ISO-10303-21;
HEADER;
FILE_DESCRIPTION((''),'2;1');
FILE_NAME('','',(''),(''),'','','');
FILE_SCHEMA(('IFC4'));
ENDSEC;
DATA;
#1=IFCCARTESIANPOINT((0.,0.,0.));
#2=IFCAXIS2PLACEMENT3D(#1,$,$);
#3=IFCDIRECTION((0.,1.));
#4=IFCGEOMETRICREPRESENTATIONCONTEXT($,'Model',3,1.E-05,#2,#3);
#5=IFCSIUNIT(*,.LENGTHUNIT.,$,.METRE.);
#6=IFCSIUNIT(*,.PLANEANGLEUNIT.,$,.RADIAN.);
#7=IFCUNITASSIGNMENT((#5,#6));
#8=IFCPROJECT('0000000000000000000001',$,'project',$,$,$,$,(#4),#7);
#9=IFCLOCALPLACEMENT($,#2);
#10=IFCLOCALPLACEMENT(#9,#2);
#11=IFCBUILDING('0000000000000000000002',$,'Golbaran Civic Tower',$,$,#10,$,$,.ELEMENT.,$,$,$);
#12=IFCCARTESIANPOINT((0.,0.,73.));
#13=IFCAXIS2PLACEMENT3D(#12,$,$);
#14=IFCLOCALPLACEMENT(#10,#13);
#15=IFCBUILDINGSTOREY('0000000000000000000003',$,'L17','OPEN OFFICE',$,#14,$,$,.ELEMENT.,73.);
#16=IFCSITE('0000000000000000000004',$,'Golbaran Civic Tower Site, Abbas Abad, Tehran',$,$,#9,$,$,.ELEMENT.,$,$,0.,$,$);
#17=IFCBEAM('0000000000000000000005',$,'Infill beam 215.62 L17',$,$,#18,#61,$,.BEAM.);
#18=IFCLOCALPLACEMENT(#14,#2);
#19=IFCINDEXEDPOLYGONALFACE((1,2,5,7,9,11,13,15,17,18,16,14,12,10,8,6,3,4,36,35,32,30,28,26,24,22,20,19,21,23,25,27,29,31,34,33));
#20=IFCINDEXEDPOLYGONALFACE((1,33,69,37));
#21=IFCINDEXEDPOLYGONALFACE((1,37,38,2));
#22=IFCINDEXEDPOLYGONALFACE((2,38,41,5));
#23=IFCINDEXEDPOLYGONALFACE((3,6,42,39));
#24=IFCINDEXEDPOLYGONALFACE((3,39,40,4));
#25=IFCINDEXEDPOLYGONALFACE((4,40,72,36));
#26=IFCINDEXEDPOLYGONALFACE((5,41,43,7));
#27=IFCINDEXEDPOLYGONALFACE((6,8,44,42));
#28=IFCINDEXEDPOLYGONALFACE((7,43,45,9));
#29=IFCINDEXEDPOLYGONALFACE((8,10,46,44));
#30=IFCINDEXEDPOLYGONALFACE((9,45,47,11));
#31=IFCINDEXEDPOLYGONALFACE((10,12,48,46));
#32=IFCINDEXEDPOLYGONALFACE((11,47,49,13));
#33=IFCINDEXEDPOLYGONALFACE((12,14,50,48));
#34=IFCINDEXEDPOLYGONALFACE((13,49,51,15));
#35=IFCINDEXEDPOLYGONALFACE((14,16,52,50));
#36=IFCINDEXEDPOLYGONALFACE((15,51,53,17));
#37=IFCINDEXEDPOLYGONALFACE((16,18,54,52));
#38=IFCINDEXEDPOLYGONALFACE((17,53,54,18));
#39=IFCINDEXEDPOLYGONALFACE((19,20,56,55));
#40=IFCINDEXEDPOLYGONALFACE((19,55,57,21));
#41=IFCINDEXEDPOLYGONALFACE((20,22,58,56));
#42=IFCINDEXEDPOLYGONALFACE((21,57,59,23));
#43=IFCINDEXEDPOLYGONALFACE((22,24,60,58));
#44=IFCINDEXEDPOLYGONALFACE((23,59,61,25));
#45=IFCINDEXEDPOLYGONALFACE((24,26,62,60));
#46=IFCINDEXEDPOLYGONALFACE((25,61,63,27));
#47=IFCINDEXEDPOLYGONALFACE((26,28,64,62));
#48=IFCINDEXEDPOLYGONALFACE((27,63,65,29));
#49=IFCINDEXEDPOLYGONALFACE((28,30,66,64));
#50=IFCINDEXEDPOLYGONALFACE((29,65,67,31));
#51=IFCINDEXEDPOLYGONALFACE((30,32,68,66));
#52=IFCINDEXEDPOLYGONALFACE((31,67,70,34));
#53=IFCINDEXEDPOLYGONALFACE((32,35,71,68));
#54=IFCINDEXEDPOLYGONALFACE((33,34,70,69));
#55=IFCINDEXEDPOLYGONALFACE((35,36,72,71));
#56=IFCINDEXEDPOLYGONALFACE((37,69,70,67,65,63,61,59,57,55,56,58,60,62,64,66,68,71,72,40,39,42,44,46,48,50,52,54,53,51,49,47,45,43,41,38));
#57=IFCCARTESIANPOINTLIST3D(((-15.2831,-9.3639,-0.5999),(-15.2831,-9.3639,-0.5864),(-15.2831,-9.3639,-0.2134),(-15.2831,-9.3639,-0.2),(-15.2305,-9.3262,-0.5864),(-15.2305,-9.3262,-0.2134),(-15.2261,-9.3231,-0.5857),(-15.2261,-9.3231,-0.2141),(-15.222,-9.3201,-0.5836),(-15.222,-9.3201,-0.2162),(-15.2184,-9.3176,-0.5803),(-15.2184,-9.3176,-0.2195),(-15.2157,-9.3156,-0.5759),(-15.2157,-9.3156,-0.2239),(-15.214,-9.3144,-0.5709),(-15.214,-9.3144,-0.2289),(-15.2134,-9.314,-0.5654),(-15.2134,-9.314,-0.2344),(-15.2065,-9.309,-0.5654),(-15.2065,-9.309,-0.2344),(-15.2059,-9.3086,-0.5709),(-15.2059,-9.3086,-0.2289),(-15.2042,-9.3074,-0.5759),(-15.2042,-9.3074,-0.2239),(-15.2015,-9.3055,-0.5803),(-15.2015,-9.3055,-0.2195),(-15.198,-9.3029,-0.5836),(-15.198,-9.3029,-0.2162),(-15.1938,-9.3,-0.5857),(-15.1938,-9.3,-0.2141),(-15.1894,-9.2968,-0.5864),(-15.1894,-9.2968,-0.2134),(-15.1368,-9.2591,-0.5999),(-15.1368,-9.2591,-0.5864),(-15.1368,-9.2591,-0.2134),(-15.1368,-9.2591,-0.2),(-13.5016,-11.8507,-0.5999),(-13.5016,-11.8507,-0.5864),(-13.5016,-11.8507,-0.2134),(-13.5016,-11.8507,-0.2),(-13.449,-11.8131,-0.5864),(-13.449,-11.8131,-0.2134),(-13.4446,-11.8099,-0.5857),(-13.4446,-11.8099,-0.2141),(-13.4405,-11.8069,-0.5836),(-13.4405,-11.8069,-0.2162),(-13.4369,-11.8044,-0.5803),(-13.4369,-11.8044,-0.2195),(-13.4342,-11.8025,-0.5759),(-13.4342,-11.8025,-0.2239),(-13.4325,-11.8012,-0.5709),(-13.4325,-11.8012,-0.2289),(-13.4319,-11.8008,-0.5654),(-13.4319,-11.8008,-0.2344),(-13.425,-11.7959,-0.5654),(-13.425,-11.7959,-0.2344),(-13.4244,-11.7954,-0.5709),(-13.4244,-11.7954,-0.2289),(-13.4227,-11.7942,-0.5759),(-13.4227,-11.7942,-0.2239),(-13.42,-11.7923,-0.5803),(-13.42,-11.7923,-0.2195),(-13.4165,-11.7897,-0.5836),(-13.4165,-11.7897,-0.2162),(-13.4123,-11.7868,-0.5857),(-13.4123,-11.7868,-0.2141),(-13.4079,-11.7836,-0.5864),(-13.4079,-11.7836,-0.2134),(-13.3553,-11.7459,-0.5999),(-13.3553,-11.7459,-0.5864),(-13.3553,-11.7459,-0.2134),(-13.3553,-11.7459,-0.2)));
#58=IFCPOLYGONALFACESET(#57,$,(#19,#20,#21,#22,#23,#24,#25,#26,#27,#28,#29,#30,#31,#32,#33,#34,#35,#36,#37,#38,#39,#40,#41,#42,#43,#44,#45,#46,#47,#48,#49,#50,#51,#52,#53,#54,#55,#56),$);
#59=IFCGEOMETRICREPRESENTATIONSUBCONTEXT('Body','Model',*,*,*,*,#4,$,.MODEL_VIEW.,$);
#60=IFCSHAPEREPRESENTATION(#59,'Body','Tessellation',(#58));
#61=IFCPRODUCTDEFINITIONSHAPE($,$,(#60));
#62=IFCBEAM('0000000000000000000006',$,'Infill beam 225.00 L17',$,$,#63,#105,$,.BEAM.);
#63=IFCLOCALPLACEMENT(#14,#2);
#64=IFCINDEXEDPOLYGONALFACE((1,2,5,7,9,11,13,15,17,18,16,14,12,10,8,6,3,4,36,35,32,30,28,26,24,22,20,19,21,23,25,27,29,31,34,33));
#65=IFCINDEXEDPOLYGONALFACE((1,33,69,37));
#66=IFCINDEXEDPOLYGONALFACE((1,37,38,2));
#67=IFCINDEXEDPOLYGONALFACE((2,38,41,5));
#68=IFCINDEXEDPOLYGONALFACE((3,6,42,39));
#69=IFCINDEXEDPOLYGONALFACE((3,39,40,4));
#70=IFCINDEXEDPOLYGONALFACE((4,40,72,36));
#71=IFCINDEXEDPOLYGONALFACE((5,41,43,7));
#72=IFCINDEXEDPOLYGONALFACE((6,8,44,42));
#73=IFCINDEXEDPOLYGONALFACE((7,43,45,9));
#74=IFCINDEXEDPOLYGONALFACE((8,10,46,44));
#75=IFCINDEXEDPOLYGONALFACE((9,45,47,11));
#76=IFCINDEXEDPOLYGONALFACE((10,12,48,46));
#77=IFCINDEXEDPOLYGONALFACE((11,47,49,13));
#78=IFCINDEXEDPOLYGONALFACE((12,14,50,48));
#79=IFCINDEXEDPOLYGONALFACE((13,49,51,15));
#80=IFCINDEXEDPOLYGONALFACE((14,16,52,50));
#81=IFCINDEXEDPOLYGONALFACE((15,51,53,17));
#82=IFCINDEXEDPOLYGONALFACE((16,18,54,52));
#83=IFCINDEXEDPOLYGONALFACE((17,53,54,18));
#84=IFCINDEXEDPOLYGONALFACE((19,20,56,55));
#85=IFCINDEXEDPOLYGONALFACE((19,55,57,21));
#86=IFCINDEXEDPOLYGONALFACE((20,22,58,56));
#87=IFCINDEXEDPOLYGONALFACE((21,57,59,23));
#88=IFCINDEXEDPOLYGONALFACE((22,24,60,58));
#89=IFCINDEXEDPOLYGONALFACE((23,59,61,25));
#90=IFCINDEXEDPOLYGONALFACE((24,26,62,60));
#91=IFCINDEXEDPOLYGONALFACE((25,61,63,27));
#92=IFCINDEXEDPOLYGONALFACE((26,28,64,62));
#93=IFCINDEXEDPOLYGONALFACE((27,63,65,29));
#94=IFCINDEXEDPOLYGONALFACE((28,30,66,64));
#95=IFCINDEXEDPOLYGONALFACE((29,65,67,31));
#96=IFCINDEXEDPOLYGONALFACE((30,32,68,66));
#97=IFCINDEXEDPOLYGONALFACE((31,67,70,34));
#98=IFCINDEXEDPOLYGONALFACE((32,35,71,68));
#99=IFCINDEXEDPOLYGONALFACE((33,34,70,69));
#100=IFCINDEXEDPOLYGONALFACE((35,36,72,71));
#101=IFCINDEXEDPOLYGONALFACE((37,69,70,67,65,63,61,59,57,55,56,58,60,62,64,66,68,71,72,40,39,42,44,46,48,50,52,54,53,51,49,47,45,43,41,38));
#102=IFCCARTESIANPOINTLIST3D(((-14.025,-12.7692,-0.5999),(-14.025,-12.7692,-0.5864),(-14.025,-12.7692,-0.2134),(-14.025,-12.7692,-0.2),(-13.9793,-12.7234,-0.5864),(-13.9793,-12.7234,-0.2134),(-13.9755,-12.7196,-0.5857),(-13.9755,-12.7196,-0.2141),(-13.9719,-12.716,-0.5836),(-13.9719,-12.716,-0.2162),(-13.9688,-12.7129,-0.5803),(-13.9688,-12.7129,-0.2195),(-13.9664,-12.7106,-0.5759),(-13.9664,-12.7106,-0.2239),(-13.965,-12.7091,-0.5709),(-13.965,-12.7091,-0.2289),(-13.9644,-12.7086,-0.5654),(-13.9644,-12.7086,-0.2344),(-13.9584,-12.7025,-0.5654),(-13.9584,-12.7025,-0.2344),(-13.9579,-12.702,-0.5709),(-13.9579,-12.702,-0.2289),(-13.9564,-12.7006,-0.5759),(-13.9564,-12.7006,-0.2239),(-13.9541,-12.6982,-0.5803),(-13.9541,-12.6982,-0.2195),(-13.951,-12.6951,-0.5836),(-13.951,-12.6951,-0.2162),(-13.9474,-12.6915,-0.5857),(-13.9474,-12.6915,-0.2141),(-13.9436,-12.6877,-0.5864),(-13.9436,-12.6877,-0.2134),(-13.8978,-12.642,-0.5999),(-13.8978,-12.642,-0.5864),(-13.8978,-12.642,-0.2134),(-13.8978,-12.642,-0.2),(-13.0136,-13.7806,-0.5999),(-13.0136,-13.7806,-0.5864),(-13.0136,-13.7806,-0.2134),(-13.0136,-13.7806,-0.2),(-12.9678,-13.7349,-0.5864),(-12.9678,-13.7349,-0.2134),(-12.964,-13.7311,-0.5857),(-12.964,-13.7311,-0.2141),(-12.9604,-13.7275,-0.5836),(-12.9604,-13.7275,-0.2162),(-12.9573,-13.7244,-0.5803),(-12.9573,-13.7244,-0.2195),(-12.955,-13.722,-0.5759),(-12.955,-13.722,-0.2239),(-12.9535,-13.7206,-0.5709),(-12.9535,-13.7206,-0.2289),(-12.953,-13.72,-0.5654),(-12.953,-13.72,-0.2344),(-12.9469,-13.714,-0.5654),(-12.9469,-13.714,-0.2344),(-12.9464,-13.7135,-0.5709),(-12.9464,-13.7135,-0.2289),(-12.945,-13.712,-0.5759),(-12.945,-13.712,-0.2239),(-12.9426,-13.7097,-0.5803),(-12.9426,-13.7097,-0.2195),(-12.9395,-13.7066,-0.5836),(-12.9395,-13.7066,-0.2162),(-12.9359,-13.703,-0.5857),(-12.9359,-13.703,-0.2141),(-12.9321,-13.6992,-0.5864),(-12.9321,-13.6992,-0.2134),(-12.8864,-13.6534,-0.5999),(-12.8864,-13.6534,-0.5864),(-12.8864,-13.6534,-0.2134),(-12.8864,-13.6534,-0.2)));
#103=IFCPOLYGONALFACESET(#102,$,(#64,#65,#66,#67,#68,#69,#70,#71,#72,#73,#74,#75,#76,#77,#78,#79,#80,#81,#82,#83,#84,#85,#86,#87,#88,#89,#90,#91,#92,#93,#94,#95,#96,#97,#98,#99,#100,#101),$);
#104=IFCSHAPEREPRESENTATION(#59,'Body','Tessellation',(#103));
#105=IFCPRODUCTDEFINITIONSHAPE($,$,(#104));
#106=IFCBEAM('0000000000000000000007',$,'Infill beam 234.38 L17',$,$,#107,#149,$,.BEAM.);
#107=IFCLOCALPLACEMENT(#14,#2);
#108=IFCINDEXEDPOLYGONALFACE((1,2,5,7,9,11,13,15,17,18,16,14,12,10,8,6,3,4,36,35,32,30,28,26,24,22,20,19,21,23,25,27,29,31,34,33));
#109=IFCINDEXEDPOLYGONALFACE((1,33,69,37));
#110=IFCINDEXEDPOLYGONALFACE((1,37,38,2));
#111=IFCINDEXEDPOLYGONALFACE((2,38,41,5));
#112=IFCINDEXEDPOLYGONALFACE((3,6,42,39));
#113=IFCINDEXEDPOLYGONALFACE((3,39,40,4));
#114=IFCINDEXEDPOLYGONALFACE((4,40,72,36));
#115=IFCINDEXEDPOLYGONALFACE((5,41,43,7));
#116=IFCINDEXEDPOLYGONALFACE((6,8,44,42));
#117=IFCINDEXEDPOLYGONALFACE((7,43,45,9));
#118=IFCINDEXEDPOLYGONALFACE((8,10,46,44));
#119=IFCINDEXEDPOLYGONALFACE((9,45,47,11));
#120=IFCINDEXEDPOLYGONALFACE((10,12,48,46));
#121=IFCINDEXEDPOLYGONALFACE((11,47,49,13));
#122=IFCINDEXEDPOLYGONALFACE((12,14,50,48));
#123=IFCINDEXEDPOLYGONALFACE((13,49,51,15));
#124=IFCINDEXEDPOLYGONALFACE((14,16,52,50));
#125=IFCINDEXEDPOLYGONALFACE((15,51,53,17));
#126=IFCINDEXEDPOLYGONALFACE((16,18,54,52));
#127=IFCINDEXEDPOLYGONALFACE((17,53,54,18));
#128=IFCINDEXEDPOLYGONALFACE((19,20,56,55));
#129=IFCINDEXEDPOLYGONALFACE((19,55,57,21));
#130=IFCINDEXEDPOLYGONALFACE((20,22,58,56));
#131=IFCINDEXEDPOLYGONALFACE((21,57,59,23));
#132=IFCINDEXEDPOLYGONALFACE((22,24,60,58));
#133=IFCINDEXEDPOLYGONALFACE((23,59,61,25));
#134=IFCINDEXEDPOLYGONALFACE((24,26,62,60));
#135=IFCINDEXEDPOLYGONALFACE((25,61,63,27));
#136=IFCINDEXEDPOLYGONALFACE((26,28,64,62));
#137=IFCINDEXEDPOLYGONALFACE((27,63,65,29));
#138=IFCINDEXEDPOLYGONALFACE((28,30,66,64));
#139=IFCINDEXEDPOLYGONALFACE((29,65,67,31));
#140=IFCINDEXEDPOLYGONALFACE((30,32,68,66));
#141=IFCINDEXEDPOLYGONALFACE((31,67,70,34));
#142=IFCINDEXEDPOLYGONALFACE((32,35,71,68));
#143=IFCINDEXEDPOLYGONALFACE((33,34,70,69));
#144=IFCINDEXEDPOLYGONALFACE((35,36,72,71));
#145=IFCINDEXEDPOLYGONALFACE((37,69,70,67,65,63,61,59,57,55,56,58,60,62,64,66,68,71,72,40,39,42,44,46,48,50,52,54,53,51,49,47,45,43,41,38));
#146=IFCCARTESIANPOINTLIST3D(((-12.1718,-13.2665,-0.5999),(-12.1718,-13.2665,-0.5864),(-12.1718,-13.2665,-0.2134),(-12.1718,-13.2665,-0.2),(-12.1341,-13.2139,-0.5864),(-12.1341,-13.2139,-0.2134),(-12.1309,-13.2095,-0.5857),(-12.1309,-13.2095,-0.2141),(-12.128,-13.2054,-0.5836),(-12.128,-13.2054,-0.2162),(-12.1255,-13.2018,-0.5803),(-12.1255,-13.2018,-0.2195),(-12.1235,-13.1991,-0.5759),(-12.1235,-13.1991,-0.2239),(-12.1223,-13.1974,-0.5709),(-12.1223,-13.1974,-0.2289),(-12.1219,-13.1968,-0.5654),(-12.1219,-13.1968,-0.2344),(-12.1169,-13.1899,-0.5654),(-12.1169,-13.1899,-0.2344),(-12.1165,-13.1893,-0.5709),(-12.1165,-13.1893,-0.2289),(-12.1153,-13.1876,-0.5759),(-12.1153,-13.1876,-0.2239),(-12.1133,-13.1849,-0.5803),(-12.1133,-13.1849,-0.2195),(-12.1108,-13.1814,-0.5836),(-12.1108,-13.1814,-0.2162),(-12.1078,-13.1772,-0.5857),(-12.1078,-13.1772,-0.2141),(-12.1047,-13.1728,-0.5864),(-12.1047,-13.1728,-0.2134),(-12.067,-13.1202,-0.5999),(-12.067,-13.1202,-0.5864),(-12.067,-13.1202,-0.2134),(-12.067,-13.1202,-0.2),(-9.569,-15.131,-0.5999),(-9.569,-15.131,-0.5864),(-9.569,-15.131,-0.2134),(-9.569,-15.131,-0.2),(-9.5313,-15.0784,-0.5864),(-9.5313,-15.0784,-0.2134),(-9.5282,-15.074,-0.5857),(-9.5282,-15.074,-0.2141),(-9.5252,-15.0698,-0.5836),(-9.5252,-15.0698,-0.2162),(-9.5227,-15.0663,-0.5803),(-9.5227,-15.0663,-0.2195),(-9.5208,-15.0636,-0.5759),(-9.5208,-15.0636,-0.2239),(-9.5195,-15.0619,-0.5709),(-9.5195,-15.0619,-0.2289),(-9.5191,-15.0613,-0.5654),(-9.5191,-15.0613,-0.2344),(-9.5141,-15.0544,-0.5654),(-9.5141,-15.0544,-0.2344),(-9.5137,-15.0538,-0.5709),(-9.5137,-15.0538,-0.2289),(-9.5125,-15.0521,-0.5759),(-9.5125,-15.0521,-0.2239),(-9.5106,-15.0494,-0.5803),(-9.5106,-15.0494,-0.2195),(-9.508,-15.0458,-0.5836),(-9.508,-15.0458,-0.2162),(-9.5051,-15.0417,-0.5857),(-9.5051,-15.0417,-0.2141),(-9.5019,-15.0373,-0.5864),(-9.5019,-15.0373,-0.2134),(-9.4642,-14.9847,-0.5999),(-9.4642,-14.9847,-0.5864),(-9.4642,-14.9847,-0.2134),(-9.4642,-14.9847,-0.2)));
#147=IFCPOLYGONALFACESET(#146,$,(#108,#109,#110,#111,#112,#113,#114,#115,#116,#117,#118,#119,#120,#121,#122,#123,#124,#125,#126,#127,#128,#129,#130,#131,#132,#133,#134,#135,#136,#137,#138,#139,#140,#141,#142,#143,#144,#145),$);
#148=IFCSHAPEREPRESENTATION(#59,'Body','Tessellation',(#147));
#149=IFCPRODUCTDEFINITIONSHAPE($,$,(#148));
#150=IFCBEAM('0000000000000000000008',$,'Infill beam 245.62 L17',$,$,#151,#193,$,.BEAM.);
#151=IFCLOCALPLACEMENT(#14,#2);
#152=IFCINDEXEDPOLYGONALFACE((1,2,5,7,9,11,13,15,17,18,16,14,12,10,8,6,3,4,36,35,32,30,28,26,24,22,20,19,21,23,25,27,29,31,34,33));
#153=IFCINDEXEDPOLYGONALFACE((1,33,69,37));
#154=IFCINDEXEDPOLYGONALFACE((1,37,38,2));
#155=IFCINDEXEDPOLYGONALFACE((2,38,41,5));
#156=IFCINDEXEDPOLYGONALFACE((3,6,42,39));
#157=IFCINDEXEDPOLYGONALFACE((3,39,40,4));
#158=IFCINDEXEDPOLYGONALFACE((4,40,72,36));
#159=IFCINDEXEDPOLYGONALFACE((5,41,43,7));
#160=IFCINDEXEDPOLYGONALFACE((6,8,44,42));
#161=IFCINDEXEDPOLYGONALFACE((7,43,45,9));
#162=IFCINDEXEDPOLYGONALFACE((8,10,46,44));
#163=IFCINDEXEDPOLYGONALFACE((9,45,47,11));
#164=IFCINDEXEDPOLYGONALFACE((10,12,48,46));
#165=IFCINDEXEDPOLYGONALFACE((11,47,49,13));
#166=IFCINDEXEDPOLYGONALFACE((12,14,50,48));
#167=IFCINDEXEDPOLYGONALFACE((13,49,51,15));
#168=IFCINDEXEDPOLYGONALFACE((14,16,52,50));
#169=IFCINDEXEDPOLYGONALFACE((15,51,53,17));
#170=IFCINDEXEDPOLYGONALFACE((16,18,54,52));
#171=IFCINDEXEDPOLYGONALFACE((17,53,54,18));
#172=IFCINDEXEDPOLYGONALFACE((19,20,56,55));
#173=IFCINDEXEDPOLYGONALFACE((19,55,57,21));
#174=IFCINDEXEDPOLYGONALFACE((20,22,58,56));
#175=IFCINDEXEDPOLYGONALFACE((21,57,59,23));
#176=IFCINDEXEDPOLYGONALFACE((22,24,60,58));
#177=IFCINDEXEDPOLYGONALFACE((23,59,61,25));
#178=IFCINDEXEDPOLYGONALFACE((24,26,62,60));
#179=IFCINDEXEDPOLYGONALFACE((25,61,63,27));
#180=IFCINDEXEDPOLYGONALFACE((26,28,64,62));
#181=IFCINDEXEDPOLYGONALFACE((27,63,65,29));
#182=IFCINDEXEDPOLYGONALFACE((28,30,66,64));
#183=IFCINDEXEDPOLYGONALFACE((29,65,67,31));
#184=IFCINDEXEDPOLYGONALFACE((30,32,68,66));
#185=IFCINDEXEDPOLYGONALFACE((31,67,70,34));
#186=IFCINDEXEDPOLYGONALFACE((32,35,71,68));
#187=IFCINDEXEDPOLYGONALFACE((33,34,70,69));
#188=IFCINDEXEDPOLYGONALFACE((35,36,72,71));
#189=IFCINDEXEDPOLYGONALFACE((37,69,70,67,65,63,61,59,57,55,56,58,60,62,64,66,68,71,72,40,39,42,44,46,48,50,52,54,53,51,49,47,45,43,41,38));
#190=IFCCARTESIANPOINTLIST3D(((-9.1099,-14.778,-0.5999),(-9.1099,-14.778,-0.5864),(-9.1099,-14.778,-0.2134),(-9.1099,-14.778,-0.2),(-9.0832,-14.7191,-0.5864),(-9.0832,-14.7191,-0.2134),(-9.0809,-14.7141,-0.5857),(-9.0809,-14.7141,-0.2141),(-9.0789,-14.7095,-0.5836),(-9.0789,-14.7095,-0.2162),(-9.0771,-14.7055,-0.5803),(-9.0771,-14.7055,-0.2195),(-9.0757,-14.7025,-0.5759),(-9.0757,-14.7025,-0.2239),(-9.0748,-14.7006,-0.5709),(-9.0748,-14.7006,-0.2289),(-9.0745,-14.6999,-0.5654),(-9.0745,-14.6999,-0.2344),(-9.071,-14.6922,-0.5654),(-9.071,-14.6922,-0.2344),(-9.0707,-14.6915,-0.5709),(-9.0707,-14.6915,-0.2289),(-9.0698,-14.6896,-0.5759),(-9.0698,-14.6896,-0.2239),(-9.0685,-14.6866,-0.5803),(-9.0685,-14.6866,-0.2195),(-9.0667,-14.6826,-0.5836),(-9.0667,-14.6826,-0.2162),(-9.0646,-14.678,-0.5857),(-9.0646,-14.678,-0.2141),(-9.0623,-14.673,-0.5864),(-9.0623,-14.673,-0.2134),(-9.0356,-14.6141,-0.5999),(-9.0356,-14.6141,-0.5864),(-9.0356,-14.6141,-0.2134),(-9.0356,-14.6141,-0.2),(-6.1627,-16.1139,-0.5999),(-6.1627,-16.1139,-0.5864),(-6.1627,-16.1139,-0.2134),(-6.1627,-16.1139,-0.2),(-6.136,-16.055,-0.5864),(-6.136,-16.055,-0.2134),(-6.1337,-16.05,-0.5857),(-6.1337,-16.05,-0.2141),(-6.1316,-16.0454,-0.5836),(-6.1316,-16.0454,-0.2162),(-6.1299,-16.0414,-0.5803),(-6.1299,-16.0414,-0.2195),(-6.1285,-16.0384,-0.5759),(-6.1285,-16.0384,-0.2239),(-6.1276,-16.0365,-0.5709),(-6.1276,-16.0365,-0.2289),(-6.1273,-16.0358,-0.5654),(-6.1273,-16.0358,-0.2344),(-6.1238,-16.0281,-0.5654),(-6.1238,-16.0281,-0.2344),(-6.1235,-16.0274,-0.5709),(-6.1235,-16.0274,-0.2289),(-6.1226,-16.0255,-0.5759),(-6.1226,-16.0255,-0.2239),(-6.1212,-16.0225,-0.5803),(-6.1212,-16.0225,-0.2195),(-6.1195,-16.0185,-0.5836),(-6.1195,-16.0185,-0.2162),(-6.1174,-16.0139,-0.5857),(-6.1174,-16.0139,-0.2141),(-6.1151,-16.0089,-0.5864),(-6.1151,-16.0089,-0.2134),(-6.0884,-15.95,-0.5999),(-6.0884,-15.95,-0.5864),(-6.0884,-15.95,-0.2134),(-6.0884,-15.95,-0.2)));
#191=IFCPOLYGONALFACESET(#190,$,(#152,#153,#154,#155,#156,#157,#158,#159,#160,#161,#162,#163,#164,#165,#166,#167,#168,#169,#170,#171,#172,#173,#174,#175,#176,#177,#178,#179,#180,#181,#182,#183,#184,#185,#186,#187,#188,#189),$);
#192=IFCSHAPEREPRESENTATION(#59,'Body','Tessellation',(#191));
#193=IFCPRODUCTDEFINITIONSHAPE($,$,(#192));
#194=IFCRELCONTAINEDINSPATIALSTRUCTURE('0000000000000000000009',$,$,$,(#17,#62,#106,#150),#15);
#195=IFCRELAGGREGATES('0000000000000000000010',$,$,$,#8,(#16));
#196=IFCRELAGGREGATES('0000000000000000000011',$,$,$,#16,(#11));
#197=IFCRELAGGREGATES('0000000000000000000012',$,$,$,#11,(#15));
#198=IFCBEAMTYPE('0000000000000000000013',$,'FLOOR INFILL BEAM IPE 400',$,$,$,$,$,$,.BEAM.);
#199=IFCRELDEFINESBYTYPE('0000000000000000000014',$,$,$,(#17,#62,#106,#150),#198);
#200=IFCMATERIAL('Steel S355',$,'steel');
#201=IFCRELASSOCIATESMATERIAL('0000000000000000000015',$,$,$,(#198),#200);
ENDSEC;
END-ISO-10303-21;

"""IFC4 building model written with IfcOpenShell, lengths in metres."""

from ifc_helpers import new_model, si_unit, direction, frame, origin, origin_2d, place, context, subcontext, project, spatial, i_section, extrude, material, material_profile, profile_set, type_object, element, save


model = new_model("IFC4")

# Units and contexts
model_context = context("Model", 3, precision=1e-05, world=origin(), true_north=direction((0.0, 1.0)))
body_context = subcontext(model_context, "Body", "Model", "MODEL_VIEW")
ifc_project = project(units=[si_unit("LENGTHUNIT", "METRE"), si_unit("PLANEANGLEUNIT", "RADIAN")], contexts=[model_context])

# Site, building, storey
site_placement = place(None, origin())
site = spatial("IfcSite", under=ifc_project, at=site_placement, Name="Golbaran Civic Tower Site, Abbas Abad, Tehran", CompositionType="ELEMENT", RefElevation=0.0)
building_placement = place(site_placement, origin())
building = spatial("IfcBuilding", under=site, at=building_placement, Name="Golbaran Civic Tower", CompositionType="ELEMENT")
storey_placement = place(building_placement, frame((0.0, 0.0, 73.0)))
storey = spatial("IfcBuildingStorey", under=building, at=storey_placement, Name="L17", Description="OPEN OFFICE", CompositionType="ELEMENT", Elevation=73.0)

# Beams
ifc_material_1 = material(Name="Steel S355", Category="steel")
ifc_material_profile_1 = material_profile(ifc_material_1, i_section(OverallWidth=0.1799, OverallDepth=0.3999, WebThickness=0.0085, FlangeThickness=0.0134, FilletRadius=0.021, at=origin_2d()), Name="IPE 400")
ifc_profile_set_1 = profile_set([ifc_material_profile_1], Name="Steel S355")
beam_type_1 = type_object("IfcBeamType", Name="FLOOR INFILL BEAM IPE 400", PredefinedType="BEAM", material=ifc_profile_set_1)
beam_1_placement = place(storey_placement, frame((-15.21, -9.3115, -0.3999), z_axis=(0.582363, -0.812929, 0.0), x_axis=(0.812929, 0.582363, 0.0)))
element("IfcBeam", 1, at=beam_1_placement, inside=storey, type_object=beam_type_1, Name="Infill beam 215.62 L17", PredefinedType="BEAM", context=body_context, shape_type="SweptSolid", body=[
    extrude(i_section(OverallWidth=0.1799, OverallDepth=0.3999, WebThickness=0.0085, FlangeThickness=0.0134, FilletRadius=0.021, at=origin_2d()), origin(), (0.0, 0.0, 1.0), 3.0591),
])
beam_2_placement = place(storey_placement, frame((-13.9614, -12.7056, -0.3999), z_axis=(0.707107, -0.707107, 0.0), x_axis=(0.707107, 0.707107, 0.0)))
element("IfcBeam", 2, at=beam_2_placement, inside=storey, type_object=beam_type_1, Name="Infill beam 225.00 L17", PredefinedType="BEAM", context=body_context, shape_type="SweptSolid", body=[
    extrude(i_section(OverallWidth=0.1799, OverallDepth=0.3999, WebThickness=0.0085, FlangeThickness=0.0134, FilletRadius=0.021, at=origin_2d()), origin(), (0.0, 0.0, 1.0), 1.4304),
])
beam_3_placement = place(storey_placement, frame((-12.1194, -13.1934, -0.3999), z_axis=(0.812939, -0.582348, 0.0), x_axis=(0.582348, 0.812939, 0.0)))
element("IfcBeam", 3, at=beam_3_placement, inside=storey, type_object=beam_type_1, Name="Infill beam 234.38 L17", PredefinedType="BEAM", context=body_context, shape_type="SweptSolid", body=[
    extrude(i_section(OverallWidth=0.1799, OverallDepth=0.3999, WebThickness=0.0085, FlangeThickness=0.0134, FilletRadius=0.021, at=origin_2d()), origin(), (0.0, 0.0, 1.0), 3.2017),
])
beam_4_placement = place(storey_placement, frame((-9.0728, -14.696, -0.3999), z_axis=(0.9108, -0.412848, 0.0), x_axis=(0.412848, 0.9108, 0.0)))
element("IfcBeam", 4, at=beam_4_placement, inside=storey, type_object=beam_type_1, Name="Infill beam 245.62 L17", PredefinedType="BEAM", context=body_context, shape_type="SweptSolid", body=[
    extrude(i_section(OverallWidth=0.1799, OverallDepth=0.3999, WebThickness=0.0085, FlangeThickness=0.0134, FilletRadius=0.021, at=origin_2d()), origin(), (0.0, 0.0, 1.0), 3.2358),
])

save(model, "model.ifc")
